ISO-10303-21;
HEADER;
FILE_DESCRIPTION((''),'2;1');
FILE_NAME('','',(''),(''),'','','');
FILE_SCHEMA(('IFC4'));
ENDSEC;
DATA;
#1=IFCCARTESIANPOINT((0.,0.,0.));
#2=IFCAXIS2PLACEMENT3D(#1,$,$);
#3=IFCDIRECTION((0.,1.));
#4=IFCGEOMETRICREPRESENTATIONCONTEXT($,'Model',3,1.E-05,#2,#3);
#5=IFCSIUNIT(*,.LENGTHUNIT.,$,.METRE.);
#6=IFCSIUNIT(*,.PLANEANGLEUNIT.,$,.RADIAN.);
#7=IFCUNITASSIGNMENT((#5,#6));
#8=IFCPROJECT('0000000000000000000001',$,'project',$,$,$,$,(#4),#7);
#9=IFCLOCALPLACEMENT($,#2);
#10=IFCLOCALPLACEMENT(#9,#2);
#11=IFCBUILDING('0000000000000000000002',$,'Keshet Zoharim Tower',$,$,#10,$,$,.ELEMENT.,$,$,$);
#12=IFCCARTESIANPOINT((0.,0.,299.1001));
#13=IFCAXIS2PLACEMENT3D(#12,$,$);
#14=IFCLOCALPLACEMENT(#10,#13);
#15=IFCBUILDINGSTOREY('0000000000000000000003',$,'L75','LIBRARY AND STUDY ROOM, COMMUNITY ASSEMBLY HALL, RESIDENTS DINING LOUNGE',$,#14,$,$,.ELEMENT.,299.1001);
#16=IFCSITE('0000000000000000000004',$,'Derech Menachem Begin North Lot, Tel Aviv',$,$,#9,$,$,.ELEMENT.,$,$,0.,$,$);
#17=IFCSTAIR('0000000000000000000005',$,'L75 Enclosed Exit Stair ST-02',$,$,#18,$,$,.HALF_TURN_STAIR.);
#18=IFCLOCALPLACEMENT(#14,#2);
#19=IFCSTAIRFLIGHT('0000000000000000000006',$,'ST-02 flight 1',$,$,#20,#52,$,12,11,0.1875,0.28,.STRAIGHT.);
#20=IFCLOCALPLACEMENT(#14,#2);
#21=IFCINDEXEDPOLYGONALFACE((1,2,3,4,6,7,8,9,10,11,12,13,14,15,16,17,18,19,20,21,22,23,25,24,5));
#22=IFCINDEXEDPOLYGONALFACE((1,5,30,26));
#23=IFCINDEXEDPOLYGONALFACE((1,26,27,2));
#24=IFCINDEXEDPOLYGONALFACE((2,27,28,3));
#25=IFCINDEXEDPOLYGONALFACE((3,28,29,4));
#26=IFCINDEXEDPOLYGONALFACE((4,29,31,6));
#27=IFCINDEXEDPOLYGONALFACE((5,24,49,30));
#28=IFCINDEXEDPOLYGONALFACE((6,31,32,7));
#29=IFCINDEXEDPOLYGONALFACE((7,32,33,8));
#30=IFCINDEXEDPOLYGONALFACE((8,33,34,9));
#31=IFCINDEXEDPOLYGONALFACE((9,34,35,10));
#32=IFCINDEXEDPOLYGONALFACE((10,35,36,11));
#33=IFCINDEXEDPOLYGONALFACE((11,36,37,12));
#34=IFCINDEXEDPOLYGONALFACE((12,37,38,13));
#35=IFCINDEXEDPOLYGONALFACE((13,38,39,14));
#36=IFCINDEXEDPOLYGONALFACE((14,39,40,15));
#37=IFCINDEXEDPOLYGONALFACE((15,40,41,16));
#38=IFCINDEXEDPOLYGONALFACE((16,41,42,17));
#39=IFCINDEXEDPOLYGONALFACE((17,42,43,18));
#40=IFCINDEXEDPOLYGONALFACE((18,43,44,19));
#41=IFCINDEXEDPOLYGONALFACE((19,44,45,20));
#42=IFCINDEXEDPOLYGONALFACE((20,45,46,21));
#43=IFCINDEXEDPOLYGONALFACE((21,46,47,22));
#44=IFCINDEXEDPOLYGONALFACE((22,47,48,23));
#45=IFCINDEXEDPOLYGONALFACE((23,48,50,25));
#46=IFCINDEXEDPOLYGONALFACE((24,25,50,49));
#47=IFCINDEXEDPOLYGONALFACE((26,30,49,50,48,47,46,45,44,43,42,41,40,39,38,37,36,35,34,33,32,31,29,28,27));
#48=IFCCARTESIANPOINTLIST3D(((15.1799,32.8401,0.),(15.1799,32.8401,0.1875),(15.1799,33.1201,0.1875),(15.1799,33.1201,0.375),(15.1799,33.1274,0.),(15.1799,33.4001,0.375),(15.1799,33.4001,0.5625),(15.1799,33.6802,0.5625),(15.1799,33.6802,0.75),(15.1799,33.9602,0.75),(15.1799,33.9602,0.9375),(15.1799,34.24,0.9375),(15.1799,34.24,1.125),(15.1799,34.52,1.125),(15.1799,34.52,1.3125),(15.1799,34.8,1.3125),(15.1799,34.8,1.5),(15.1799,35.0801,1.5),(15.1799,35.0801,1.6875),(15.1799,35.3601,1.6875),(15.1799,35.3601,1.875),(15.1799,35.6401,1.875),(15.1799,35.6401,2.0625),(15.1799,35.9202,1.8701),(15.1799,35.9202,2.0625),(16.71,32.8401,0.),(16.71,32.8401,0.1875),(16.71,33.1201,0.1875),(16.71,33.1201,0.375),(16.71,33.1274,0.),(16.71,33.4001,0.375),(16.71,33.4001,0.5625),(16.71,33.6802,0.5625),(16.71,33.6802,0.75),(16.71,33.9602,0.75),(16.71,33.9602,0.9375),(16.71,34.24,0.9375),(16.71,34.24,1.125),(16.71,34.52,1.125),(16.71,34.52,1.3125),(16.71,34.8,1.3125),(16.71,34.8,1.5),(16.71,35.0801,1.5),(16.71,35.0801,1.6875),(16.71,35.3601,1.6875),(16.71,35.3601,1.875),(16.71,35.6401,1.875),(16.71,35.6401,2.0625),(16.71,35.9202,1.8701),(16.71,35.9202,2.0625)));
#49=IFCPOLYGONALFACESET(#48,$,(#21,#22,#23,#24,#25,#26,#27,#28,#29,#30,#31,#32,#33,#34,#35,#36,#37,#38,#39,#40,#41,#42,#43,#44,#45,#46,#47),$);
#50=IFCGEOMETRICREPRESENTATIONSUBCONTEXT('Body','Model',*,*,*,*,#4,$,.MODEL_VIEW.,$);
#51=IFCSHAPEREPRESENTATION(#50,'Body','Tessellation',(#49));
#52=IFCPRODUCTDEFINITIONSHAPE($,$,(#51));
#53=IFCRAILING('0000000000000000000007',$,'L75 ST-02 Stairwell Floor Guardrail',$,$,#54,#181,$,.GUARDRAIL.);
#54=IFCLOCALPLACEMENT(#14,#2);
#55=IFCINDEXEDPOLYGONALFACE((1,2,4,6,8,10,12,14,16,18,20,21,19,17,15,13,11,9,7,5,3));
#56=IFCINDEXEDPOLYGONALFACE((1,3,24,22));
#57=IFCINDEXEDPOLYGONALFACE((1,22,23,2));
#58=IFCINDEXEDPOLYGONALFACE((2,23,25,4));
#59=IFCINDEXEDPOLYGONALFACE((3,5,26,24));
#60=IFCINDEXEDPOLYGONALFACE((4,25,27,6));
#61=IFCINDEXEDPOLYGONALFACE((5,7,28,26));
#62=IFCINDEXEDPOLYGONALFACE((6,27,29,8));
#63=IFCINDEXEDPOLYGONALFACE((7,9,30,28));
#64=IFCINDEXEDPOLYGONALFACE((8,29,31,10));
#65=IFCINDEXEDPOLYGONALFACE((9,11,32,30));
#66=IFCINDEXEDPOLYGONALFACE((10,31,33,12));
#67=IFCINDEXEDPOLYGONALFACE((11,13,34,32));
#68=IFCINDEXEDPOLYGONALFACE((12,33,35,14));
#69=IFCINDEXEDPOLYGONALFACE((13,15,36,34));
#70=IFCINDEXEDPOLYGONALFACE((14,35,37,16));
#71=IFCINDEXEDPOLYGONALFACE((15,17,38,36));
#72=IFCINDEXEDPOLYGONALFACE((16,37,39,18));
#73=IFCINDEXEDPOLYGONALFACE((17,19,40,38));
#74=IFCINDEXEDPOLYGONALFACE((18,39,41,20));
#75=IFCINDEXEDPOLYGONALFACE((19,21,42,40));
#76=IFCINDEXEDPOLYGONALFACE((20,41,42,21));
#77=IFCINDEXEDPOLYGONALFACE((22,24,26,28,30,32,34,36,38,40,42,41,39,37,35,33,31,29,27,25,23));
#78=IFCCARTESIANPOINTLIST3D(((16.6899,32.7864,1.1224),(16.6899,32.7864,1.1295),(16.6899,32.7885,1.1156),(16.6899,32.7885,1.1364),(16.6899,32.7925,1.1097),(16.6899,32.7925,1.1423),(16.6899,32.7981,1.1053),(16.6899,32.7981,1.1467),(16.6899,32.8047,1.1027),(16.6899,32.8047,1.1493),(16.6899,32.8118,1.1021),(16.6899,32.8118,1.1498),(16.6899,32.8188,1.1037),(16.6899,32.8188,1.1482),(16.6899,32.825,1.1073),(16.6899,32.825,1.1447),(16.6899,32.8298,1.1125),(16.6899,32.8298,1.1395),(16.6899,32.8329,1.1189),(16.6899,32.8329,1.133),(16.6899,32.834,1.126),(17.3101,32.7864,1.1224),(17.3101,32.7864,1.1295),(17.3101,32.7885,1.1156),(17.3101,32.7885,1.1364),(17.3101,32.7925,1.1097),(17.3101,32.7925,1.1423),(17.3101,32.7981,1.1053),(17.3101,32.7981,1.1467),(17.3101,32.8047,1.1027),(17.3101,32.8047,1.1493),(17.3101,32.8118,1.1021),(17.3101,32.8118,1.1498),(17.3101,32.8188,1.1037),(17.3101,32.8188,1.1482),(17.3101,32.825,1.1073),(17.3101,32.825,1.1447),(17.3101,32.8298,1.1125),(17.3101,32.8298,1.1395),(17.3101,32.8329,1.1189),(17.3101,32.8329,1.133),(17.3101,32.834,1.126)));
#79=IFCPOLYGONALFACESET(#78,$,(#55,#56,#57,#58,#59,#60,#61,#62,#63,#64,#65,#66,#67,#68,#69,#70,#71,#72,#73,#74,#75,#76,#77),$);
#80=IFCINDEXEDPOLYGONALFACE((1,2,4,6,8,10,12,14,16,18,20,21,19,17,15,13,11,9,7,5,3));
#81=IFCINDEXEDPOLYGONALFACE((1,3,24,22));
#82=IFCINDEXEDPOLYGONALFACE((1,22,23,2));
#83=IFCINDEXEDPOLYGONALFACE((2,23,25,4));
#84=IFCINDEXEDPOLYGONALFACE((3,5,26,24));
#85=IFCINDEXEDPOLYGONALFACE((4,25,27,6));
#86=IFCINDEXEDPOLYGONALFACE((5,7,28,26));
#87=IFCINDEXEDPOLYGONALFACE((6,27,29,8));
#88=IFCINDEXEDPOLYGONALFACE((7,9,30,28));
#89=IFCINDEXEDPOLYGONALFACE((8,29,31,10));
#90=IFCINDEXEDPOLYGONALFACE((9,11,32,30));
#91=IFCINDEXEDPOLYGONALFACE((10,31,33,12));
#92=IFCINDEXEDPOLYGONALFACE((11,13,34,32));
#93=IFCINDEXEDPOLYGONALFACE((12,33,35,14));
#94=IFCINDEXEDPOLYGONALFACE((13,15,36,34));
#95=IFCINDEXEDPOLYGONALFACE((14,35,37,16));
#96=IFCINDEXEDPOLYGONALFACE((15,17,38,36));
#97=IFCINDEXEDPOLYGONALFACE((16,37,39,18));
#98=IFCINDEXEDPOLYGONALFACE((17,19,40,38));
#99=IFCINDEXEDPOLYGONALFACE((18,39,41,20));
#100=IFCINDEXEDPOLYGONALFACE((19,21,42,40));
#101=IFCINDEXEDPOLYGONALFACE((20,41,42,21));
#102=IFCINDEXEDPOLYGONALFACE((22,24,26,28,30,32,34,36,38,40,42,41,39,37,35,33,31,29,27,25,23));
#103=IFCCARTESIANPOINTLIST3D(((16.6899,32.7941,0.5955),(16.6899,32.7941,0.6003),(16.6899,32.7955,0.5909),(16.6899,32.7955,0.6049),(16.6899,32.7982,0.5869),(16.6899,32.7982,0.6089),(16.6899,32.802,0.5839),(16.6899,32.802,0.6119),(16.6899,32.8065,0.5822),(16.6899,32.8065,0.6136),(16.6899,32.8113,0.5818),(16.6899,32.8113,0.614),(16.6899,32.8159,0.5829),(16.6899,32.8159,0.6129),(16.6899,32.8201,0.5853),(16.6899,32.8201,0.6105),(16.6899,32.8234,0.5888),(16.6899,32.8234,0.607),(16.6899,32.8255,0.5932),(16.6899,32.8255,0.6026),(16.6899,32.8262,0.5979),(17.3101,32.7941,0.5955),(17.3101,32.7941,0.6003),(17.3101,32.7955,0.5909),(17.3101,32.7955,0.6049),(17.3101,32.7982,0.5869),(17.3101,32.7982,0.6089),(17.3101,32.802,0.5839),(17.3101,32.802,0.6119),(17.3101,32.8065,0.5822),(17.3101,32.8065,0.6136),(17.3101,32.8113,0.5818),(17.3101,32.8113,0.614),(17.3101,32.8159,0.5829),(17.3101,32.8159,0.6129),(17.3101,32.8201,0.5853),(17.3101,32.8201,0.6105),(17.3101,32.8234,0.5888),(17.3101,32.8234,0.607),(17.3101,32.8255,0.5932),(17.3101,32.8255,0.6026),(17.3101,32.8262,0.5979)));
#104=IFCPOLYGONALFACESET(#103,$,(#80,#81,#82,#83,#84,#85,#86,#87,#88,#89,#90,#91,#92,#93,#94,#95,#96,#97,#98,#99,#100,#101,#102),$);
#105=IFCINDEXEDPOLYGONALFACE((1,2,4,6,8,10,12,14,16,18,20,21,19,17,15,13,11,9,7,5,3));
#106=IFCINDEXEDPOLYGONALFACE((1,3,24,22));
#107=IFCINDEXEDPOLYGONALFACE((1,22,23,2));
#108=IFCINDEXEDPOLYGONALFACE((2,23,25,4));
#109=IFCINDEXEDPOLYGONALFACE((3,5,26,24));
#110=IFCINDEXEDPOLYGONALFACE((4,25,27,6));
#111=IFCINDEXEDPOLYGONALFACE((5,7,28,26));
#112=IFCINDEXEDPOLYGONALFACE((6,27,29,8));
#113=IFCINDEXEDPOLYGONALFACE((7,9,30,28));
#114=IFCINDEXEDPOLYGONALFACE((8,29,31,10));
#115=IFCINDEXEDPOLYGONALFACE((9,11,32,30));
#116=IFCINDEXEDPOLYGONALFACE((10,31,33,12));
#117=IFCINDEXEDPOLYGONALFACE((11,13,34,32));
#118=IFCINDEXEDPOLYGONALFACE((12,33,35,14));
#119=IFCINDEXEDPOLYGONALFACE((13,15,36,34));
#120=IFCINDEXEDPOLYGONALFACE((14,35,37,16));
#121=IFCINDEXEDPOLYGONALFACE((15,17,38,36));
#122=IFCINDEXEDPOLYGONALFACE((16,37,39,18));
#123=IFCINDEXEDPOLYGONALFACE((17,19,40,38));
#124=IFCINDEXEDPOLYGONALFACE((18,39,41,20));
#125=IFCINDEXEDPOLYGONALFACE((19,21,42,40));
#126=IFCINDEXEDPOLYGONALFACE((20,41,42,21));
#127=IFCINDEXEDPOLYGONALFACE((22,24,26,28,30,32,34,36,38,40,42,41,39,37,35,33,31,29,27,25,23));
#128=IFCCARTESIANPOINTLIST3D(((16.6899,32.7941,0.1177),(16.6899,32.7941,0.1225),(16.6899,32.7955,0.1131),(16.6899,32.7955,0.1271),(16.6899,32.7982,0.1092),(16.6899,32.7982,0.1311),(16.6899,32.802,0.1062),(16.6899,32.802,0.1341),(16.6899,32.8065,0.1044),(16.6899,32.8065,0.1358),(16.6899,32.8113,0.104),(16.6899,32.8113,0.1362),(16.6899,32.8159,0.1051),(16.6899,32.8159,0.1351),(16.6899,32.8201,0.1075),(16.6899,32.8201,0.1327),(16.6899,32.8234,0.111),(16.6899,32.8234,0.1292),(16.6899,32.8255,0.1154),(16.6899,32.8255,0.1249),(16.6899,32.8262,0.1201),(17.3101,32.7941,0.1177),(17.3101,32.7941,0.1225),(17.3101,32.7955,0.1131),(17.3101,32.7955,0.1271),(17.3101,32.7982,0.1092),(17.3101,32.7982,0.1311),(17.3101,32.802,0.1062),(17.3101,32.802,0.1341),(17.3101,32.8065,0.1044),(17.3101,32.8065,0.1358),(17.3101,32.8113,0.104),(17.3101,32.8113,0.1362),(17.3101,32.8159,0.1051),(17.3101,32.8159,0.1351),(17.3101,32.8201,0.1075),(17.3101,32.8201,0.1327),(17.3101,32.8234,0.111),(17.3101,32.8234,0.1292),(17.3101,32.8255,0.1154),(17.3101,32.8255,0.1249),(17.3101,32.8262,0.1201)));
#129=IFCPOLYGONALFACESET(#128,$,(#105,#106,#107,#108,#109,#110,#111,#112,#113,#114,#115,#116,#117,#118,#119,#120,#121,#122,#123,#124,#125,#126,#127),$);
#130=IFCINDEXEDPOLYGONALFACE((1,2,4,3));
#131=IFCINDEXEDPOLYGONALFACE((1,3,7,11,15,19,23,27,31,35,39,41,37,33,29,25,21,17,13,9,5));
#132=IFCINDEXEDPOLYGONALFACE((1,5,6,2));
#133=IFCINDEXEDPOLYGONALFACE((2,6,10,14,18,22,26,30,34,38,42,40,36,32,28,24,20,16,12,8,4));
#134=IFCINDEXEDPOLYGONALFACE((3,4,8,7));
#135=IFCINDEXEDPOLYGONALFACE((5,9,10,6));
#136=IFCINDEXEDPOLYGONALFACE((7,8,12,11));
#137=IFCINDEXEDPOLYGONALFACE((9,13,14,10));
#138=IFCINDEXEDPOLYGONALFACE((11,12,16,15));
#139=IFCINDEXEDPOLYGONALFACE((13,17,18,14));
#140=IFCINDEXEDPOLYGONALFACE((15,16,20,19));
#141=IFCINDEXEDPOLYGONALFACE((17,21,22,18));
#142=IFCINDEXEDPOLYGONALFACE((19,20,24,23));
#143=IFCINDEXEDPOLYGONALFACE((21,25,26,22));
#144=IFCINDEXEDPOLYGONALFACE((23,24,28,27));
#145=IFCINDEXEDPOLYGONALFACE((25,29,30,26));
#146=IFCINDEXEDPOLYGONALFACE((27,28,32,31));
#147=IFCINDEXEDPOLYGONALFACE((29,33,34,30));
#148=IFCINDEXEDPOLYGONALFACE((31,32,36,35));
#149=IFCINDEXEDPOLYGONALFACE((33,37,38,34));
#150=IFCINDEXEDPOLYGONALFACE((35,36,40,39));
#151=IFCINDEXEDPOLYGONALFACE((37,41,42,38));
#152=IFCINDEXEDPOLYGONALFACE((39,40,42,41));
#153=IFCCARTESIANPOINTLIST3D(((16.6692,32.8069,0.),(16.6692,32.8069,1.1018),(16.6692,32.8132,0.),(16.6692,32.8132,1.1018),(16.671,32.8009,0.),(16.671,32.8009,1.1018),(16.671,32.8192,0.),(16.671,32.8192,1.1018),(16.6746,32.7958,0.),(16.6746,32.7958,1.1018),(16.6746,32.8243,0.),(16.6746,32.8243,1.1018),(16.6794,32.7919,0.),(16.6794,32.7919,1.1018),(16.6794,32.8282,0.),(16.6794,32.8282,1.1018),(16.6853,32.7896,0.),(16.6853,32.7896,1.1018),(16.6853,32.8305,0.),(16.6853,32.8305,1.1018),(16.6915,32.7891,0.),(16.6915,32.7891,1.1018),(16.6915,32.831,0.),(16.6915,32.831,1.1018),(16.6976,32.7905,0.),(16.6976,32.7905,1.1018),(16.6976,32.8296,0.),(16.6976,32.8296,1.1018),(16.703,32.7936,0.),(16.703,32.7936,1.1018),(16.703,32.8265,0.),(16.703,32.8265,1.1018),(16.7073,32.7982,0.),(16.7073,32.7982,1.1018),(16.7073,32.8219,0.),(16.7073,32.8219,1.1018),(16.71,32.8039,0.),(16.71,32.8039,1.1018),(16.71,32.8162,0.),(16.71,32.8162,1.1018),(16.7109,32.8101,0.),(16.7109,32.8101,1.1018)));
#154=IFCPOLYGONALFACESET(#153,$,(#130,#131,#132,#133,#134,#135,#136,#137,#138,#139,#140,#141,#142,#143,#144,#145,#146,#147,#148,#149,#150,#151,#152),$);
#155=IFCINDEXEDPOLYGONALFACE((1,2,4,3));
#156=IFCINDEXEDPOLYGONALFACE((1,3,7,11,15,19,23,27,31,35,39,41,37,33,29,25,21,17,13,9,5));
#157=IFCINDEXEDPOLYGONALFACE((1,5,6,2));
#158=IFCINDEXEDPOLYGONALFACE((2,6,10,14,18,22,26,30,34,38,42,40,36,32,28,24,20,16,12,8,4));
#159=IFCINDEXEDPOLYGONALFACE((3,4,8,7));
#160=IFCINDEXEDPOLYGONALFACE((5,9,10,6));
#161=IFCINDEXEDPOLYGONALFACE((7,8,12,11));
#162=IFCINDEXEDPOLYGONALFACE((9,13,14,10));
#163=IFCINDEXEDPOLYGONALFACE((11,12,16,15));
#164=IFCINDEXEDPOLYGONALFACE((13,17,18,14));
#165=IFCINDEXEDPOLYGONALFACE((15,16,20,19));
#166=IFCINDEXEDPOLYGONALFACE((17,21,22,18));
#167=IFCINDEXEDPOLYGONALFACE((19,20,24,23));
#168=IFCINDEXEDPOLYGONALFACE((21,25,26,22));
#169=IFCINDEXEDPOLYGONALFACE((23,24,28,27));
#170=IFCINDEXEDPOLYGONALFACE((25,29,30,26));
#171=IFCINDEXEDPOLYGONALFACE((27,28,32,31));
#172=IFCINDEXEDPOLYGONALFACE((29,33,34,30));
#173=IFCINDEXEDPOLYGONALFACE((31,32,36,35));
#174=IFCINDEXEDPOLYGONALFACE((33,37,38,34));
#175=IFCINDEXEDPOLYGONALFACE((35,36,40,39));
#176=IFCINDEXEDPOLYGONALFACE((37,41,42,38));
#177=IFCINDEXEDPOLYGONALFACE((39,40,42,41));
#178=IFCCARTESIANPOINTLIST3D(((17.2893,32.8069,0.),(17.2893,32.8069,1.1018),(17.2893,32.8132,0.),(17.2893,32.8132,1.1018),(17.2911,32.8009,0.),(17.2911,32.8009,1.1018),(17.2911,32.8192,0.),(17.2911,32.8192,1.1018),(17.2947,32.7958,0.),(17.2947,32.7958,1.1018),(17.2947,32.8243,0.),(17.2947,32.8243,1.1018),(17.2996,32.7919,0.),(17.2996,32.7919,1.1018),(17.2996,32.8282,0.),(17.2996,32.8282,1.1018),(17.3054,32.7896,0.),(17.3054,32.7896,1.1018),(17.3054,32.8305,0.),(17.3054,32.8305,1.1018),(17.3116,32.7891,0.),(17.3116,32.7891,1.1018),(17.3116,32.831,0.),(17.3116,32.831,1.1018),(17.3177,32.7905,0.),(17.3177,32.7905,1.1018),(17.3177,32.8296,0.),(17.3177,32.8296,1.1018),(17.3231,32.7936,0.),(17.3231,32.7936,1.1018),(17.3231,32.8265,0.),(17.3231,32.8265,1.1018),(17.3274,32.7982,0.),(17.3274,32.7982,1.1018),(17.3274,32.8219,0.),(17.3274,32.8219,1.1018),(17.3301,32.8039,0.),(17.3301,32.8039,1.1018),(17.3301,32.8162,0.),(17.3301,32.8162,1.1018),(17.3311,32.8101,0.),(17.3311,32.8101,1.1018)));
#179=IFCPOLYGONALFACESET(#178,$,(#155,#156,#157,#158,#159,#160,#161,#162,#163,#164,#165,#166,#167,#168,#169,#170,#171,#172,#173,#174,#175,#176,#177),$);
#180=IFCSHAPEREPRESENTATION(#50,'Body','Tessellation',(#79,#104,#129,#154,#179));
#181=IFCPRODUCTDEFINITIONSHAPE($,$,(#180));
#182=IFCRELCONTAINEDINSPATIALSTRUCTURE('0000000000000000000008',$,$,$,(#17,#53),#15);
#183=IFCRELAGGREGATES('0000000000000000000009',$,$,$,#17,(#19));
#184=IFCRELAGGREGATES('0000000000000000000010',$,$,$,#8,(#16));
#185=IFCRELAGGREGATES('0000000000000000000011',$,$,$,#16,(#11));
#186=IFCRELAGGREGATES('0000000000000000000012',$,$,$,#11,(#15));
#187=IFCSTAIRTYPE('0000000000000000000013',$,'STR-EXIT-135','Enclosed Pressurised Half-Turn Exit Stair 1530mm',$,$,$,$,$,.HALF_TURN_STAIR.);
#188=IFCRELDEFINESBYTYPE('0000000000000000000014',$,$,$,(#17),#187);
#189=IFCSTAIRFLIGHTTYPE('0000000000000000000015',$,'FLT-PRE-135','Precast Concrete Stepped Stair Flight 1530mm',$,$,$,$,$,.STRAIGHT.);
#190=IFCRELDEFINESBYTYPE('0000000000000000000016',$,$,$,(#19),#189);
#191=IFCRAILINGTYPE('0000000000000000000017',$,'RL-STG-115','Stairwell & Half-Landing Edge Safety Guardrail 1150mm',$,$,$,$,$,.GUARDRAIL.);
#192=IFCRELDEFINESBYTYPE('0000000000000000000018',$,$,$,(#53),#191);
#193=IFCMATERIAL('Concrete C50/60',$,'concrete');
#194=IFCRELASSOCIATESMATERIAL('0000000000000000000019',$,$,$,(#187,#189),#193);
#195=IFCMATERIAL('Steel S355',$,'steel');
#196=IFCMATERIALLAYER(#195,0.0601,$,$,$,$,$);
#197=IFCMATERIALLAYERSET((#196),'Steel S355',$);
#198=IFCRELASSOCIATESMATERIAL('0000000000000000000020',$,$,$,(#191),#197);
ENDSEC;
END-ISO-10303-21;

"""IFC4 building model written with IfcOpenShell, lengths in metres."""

from ifc_helpers import new_model, si_unit, direction, frame, origin, origin_2d, place, context, subcontext, project, spatial, polyline, circle, outline, extrude, material, layer, layer_set, type_object, element, aggregate, save


model = new_model("IFC4")

# Units and contexts
model_context = context("Model", 3, precision=1e-05, world=origin(), true_north=direction((0.0, 1.0)))
body_context = subcontext(model_context, "Body", "Model", "MODEL_VIEW")
ifc_project = project(units=[si_unit("LENGTHUNIT", "METRE"), si_unit("PLANEANGLEUNIT", "RADIAN")], contexts=[model_context])

# Site, building, storey
site_placement = place(None, origin())
site = spatial("IfcSite", under=ifc_project, at=site_placement, Name="Derech Menachem Begin North Lot, Tel Aviv", CompositionType="ELEMENT", RefElevation=0.0)
building_placement = place(site_placement, origin())
building = spatial("IfcBuilding", under=site, at=building_placement, Name="Keshet Zoharim Tower", CompositionType="ELEMENT")
storey_placement = place(building_placement, frame((0.0, 0.0, 299.1001)))
storey = spatial("IfcBuildingStorey", under=building, at=storey_placement, Name="L75", Description="LIBRARY AND STUDY ROOM, COMMUNITY ASSEMBLY HALL, RESIDENTS DINING LOUNGE", CompositionType="ELEMENT", Elevation=299.1001)

# Shared definitions
ifc_material_1 = material(Name="Steel S355", Category="steel")

# Stair, stair flight
ifc_material_2 = material(Name="Concrete C50/60", Category="concrete")
stair_type = type_object("IfcStairType", Name="STR-EXIT-135", Description="Enclosed Pressurised Half-Turn Exit Stair 1530mm", PredefinedType="HALF_TURN_STAIR", material=ifc_material_2)
stair_placement = place(storey_placement, origin())
stair = element("IfcStair", 1, at=stair_placement, inside=storey, type_object=stair_type, Name="L75 Enclosed Exit Stair ST-02", PredefinedType="HALF_TURN_STAIR")
stair_flight_type = type_object("IfcStairFlightType", Name="FLT-PRE-135", Description="Precast Concrete Stepped Stair Flight 1530mm", PredefinedType="STRAIGHT", material=ifc_material_2)
stair_flight_placement = place(storey_placement, frame((15.9451, 32.8401, 0.0), z_axis=(0.0, 0.0, 1.0), x_axis=(0.0, 1.0, 0.0)))
stair_flight = element("IfcStairFlight", 2, at=stair_flight_placement, type_object=stair_flight_type, Name="ST-02 flight 1", NumberOfRisers=12, NumberOfTreads=11, PredefinedType="STRAIGHT", RiserHeight=0.1875, TreadLength=0.28, context=body_context, shape_type="SweptSolid", body=[
    extrude(outline(polyline([(0.0, 0.0), (0.0, 0.1875), (0.28, 0.1875), (0.28, 0.375), (0.5601, 0.375), (0.5601, 0.5625), (0.8401, 0.5625), (0.8401, 0.75), (1.1201, 0.75), (1.1201, 0.9375), (1.3999, 0.9375), (1.3999, 1.125), (1.6799, 1.125), (1.6799, 1.3125), (1.96, 1.3125), (1.96, 1.5), (2.24, 1.5), (2.24, 1.6875), (2.52, 1.6875), (2.52, 1.875), (2.8, 1.875), (2.8, 2.0625), (3.0801, 2.0625), (3.0801, 2.25), (3.0801, 1.8701), (0.2874, 0.0), (0.0, 0.0)])), frame((0.0, 0.7651, 0.0), z_axis=(0.0, -1.0, 0.0), x_axis=(1.0, 0.0, 0.0)), (0.0, 0.0, 1.0), 1.53),
])
aggregate(stair, [stair_flight])

# Railing
ifc_layer_1 = layer(ifc_material_1, 0.0601)
ifc_layer_set_1 = layer_set([ifc_layer_1], Name="Steel S355")
railing_type_1 = type_object("IfcRailingType", Name="RL-STG-115", Description="Stairwell & Half-Landing Edge Safety Guardrail 1150mm", PredefinedType="GUARDRAIL", material=ifc_layer_set_1)
railing_1_placement = place(storey_placement, frame((16.6899, 32.8101, 0.0)))
element("IfcRailing", 3, at=railing_1_placement, inside=storey, type_object=railing_type_1, Name="L75 ST-02 Stairwell Floor Guardrail", PredefinedType="GUARDRAIL", context=body_context, shape_type="SweptSolid", body=[
    extrude(circle(Radius=0.0239, at=origin_2d()), frame((0.0, 0.0, 1.126), z_axis=(1.0, 0.0, 0.0), x_axis=(0.0, 1.0, 0.0)), (0.0, 0.0, 1.0), 0.6201),
    extrude(circle(Radius=0.0161, at=origin_2d()), frame((0.0, 0.0, 0.5979), z_axis=(1.0, 0.0, 0.0), x_axis=(0.0, 1.0, 0.0)), (0.0, 0.0, 1.0), 0.6201),
    extrude(circle(Radius=0.0161, at=origin_2d()), frame((0.0, 0.0, 0.1201), z_axis=(1.0, 0.0, 0.0), x_axis=(0.0, 1.0, 0.0)), (0.0, 0.0, 1.0), 0.6201),
    extrude(circle(Radius=0.021, at=origin_2d()), origin(), (0.0, 0.0, 1.0), 1.1018),
    extrude(circle(Radius=0.021, at=origin_2d()), frame((0.6201, 0.0, 0.0)), (0.0, 0.0, 1.0), 1.1018),
])

save(model, "model.ifc")
